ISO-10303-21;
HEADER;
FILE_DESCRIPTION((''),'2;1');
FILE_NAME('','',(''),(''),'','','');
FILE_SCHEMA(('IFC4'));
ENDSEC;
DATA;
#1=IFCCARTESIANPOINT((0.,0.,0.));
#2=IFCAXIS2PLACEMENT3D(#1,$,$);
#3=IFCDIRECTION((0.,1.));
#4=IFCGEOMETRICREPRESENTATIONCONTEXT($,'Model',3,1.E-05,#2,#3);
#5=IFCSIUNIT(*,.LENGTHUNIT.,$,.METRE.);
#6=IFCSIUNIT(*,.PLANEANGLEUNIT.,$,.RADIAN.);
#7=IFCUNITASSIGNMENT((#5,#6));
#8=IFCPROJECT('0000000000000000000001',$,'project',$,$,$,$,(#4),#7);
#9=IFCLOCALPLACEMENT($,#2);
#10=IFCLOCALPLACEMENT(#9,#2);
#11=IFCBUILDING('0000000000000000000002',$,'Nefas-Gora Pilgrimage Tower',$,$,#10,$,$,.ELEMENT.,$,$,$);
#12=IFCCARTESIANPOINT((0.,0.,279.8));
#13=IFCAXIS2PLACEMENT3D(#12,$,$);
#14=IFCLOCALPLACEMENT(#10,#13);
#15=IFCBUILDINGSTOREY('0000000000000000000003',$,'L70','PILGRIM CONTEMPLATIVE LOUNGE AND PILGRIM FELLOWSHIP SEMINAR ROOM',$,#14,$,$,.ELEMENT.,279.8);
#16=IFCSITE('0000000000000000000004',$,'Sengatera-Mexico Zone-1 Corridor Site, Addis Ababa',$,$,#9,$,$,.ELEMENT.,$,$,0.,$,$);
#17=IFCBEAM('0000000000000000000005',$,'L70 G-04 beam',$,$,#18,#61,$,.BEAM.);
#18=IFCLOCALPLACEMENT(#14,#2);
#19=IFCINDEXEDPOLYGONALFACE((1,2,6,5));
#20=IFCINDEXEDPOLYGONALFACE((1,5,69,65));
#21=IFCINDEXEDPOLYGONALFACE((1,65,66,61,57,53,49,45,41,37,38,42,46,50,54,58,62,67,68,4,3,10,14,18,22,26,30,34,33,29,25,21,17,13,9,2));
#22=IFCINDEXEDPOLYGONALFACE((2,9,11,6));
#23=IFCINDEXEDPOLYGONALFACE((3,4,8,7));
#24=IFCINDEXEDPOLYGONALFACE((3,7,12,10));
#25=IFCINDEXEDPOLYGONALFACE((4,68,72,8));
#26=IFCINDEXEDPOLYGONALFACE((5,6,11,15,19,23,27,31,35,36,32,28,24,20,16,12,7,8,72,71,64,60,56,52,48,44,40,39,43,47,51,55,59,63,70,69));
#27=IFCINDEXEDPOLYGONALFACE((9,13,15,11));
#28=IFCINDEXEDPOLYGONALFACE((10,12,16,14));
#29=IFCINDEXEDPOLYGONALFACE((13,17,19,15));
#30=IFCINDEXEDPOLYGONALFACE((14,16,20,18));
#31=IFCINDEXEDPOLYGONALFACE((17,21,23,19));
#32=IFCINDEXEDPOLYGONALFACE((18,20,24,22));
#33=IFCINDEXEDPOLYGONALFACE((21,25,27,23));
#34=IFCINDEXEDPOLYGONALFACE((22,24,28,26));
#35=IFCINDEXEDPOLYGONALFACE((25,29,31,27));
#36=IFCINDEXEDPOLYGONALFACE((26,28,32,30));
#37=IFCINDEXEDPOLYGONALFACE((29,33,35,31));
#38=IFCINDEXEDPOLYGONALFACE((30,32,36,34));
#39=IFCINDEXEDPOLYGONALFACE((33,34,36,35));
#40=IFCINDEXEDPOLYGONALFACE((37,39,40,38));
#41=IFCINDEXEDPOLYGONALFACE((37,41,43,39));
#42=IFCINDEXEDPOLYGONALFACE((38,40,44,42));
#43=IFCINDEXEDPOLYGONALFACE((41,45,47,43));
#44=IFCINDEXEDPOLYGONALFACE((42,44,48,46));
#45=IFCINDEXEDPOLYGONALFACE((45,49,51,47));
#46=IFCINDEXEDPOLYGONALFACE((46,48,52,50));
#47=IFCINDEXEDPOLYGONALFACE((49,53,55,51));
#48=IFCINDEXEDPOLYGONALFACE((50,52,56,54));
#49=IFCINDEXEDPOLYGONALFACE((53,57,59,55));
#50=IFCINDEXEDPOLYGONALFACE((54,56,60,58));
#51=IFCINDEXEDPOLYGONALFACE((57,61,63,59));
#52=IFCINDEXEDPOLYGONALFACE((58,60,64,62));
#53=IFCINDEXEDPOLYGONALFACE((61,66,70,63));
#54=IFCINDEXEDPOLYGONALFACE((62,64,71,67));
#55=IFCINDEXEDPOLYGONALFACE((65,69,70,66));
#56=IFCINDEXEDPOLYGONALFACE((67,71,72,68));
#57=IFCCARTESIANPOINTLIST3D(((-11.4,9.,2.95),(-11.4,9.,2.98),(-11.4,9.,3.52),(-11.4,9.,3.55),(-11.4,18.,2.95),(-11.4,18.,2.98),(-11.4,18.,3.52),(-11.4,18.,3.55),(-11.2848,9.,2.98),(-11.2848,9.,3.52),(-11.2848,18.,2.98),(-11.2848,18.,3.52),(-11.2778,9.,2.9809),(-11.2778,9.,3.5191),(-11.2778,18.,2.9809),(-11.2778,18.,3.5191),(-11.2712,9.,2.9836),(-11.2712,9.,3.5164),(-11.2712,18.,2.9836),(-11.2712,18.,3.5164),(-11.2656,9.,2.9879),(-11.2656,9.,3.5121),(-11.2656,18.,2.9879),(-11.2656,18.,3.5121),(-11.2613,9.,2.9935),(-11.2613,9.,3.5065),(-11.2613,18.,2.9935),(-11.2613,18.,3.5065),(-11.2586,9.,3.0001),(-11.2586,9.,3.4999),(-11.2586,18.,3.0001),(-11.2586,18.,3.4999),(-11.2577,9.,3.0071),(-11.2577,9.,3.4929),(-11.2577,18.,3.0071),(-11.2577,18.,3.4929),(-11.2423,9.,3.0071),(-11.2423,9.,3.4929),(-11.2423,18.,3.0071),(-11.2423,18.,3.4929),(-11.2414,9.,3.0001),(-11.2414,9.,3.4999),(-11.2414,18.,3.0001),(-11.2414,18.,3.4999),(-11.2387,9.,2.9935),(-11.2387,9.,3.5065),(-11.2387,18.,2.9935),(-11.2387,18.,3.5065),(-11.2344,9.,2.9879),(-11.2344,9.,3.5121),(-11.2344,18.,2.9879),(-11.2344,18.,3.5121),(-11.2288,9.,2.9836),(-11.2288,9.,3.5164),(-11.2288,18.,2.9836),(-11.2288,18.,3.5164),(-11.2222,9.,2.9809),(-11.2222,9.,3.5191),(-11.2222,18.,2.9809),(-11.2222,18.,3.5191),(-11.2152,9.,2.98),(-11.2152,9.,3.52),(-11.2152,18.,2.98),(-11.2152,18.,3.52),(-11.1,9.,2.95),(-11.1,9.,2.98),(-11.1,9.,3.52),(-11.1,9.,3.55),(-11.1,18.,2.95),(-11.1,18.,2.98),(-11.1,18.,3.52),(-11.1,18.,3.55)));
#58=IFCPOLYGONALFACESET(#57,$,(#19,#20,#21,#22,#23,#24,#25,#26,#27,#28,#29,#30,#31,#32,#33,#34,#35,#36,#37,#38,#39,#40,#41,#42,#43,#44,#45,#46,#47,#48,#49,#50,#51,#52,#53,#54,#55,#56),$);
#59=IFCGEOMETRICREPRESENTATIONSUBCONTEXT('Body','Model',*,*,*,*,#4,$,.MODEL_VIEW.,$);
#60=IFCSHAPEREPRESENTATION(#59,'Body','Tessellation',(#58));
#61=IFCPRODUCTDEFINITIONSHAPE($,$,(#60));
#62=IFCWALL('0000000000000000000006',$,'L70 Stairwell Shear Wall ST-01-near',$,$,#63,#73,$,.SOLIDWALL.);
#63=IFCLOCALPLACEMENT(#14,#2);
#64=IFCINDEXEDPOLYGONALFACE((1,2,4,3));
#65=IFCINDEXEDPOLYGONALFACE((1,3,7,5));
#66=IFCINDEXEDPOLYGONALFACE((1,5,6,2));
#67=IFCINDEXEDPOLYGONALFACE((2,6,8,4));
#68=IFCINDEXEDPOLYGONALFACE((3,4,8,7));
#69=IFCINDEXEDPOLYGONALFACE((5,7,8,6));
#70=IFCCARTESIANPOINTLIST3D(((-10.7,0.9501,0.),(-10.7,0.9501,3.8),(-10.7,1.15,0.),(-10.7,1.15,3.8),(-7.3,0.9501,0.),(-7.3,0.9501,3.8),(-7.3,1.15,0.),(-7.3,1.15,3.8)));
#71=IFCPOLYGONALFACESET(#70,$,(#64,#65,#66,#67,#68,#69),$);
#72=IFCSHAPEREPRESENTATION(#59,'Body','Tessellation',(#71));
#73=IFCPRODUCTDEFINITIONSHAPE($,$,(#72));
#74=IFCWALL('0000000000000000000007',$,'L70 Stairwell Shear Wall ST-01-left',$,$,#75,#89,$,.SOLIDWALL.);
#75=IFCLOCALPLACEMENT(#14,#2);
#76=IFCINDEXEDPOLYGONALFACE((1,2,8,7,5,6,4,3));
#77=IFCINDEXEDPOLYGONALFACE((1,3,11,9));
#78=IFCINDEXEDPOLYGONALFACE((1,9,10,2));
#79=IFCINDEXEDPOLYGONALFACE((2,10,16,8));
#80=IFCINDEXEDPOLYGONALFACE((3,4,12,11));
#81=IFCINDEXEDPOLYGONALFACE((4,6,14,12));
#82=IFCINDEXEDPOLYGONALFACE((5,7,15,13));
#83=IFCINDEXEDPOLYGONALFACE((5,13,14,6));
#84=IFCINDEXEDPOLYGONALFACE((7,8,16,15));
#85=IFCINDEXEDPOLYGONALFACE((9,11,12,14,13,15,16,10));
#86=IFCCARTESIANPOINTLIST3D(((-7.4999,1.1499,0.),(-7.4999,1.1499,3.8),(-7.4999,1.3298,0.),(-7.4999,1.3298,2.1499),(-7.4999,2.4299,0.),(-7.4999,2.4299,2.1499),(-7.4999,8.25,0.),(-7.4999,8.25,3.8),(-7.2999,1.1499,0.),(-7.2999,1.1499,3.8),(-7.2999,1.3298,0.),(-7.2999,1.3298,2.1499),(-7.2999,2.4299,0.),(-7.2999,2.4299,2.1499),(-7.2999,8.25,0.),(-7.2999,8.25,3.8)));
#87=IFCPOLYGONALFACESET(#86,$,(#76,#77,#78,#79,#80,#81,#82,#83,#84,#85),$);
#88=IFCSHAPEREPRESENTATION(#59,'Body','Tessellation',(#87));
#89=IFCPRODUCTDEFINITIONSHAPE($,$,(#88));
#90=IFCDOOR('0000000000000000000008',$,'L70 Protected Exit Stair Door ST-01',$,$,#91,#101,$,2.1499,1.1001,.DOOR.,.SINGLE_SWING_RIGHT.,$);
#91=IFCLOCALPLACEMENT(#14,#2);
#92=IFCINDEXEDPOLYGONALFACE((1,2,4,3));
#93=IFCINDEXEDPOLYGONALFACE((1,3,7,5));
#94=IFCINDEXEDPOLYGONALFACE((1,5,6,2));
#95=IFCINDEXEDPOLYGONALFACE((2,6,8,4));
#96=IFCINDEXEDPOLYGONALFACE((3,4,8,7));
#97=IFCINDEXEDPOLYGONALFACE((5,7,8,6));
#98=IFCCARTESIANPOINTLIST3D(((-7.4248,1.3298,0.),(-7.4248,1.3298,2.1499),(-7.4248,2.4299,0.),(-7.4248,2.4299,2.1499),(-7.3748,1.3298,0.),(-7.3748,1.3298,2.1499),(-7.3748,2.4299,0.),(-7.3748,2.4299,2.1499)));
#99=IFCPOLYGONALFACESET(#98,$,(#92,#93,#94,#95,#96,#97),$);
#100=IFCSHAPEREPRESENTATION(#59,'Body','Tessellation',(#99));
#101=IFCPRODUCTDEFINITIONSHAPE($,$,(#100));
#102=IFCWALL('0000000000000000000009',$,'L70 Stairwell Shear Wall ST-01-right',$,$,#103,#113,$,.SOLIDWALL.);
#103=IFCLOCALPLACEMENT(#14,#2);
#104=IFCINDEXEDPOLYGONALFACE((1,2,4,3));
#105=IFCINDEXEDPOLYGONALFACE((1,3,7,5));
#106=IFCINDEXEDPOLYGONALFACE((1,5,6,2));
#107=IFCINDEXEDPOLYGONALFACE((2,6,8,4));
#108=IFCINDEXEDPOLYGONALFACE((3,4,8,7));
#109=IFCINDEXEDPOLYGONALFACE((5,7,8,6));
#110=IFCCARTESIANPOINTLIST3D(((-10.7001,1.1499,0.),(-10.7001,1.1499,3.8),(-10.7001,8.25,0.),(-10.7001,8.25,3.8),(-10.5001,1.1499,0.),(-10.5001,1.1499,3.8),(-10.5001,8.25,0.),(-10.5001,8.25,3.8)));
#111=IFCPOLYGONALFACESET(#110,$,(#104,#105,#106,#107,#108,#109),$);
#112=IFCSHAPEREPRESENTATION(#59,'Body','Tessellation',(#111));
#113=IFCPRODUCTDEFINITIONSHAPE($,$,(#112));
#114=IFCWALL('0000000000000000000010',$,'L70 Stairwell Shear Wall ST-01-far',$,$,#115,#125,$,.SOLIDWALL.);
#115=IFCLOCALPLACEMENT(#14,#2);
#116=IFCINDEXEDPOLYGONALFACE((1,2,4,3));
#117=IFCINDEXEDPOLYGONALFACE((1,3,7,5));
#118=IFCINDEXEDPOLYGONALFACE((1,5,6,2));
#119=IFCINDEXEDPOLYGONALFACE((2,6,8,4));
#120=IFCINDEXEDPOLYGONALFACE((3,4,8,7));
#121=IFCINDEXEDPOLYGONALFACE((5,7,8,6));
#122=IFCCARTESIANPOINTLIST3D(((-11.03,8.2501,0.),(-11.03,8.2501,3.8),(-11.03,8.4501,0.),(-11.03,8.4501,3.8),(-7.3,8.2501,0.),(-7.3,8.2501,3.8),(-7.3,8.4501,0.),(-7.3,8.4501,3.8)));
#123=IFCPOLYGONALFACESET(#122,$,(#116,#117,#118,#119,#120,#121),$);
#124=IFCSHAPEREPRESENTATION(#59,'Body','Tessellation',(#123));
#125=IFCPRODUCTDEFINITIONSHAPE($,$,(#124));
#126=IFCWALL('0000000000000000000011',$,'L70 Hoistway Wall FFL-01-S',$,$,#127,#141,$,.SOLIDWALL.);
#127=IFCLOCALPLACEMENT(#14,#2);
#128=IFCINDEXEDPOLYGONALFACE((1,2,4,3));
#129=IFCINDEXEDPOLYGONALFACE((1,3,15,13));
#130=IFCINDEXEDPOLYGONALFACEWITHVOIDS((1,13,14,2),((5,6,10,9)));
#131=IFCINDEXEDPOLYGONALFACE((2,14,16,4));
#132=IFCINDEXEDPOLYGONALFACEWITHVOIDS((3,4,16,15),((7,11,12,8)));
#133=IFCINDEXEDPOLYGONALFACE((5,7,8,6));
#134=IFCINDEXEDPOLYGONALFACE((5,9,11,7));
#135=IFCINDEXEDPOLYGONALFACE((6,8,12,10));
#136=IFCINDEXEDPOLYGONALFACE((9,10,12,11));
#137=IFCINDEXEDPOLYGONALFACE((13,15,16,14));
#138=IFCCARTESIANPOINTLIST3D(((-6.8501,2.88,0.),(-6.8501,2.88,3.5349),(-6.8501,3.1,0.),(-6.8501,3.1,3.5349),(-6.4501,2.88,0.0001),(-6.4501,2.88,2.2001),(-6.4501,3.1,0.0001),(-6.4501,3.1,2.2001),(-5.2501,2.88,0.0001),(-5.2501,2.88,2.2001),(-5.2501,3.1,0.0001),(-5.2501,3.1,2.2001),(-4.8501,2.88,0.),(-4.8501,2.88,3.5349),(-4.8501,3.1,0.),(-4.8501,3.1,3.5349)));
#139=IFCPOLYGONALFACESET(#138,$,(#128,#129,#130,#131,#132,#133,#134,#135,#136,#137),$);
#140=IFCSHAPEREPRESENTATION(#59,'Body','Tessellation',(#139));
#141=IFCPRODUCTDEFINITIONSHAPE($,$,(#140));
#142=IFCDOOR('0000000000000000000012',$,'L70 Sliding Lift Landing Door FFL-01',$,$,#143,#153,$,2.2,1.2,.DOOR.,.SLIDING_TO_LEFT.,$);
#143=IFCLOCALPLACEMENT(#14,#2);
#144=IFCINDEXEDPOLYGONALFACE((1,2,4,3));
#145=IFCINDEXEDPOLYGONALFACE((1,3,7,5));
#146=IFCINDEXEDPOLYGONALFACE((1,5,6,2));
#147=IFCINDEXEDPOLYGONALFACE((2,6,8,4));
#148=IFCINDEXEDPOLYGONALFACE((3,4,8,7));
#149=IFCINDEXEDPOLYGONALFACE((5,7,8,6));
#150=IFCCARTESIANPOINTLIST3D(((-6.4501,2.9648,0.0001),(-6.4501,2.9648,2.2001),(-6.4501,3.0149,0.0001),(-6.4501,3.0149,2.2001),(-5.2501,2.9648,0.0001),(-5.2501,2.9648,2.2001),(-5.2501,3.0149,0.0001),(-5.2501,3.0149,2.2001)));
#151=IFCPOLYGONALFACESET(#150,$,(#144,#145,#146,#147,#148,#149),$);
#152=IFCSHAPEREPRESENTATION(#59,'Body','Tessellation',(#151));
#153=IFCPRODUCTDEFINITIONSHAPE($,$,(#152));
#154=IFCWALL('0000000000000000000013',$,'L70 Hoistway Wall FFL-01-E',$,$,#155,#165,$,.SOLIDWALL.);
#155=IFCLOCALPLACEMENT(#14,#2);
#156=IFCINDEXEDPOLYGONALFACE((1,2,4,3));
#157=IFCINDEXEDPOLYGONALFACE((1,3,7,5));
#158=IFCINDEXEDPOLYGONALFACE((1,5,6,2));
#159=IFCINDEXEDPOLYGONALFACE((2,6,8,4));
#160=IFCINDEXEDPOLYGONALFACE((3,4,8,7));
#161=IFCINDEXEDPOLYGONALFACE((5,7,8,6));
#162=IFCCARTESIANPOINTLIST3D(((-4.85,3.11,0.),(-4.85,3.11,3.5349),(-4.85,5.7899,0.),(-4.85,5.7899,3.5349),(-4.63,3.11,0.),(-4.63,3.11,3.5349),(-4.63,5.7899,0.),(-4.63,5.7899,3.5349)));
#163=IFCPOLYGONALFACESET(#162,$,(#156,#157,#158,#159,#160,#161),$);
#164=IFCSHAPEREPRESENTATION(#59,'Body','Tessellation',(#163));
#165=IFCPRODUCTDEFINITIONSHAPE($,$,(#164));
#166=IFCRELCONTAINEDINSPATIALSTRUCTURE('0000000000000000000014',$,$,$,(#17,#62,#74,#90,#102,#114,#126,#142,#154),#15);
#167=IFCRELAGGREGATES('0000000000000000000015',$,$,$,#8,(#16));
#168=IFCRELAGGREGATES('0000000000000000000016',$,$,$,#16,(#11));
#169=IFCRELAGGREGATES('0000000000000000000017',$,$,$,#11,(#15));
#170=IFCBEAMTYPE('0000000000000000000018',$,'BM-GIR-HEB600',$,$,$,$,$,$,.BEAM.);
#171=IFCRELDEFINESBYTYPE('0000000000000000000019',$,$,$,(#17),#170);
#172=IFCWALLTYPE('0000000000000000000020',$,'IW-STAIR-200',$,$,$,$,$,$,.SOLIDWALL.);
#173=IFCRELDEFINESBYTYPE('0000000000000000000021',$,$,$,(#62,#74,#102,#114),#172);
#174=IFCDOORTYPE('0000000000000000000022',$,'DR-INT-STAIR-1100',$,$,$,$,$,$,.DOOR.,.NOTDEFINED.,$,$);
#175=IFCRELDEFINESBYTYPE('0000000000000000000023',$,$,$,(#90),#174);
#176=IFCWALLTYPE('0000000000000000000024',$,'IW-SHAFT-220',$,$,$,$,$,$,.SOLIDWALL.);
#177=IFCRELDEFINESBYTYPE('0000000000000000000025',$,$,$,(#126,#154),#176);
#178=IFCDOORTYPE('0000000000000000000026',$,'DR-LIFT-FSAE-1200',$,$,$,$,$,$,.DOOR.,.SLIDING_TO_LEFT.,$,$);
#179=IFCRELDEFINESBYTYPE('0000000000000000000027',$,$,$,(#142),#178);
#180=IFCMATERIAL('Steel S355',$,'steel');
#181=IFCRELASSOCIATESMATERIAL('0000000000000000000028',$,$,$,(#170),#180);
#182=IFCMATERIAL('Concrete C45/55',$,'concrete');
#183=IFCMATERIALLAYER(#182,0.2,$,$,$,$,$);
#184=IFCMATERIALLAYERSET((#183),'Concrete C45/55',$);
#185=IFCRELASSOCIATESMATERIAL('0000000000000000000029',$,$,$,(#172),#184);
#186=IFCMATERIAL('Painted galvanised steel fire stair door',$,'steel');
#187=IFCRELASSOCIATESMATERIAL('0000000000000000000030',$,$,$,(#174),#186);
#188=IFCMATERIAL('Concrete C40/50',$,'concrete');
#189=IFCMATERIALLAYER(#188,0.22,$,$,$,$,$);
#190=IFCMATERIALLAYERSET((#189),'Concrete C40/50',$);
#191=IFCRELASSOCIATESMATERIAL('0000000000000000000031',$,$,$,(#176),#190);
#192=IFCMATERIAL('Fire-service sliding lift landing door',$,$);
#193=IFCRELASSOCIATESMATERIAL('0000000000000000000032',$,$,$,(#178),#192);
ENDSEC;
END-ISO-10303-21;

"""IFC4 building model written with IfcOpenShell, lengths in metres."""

from ifc_helpers import new_model, si_unit, direction, frame, frame_2d, origin, origin_2d, place, context, subcontext, project, spatial, rectangle, i_section, extrude, source, transform, mapped, material, layer, layer_set, material_profile, profile_set, type_object, element, fill, save


model = new_model("IFC4")

# Units and contexts
model_context = context("Model", 3, precision=1e-05, world=origin(), true_north=direction((0.0, 1.0)))
body_context = subcontext(model_context, "Body", "Model", "MODEL_VIEW")
ifc_project = project(units=[si_unit("LENGTHUNIT", "METRE"), si_unit("PLANEANGLEUNIT", "RADIAN")], contexts=[model_context])

# Site, building, storey
site_placement = place(None, origin())
site = spatial("IfcSite", under=ifc_project, at=site_placement, Name="Sengatera-Mexico Zone-1 Corridor Site, Addis Ababa", CompositionType="ELEMENT", RefElevation=0.0)
building_placement = place(site_placement, origin())
building = spatial("IfcBuilding", under=site, at=building_placement, Name="Nefas-Gora Pilgrimage Tower", CompositionType="ELEMENT")
storey_placement = place(building_placement, frame((0.0, 0.0, 279.8)))
storey = spatial("IfcBuildingStorey", under=building, at=storey_placement, Name="L70", Description="PILGRIM CONTEMPLATIVE LOUNGE AND PILGRIM FELLOWSHIP SEMINAR ROOM", CompositionType="ELEMENT", Elevation=279.8)

# Beam
ifc_material_1 = material(Name="Steel S355", Category="steel")
ifc_material_profile = material_profile(ifc_material_1, i_section(OverallWidth=0.3, OverallDepth=0.6001, WebThickness=0.0154, FlangeThickness=0.03, FilletRadius=0.0271, at=origin_2d()), Name="HEB 600")
ifc_profile_set = profile_set([ifc_material_profile], Name="Steel S355")
beam_type = type_object("IfcBeamType", Name="BM-GIR-HEB600", PredefinedType="BEAM", material=ifc_profile_set)
shared_shape_1 = source(origin(), body_context, "Body", "SweptSolid", [
    extrude(i_section(OverallWidth=0.3, OverallDepth=0.6001, WebThickness=0.0154, FlangeThickness=0.03, FilletRadius=0.0271, at=origin_2d()), origin(), (0.0, 0.0, 1.0), 9.0),
])
beam_placement = place(storey_placement, frame((-11.25, 9.0, 3.25), z_axis=(0.0, 1.0, 0.0), x_axis=(-1.0, 0.0, 0.0)))
element("IfcBeam", 1, at=beam_placement, inside=storey, type_object=beam_type, Name="L70 G-04 beam", PredefinedType="BEAM", context=body_context, shape_type="MappedRepresentation", body=[
    mapped(shared_shape_1, transform((0.0, 0.0, 0.0), x_axis=(1.0, 0.0, 0.0), y_axis=(0.0, 1.0, 0.0), z_axis=(0.0, 0.0, 1.0), scale=1.0)),
])

# Wall
ifc_material_2 = material(Name="Concrete C45/55", Category="concrete")
ifc_layer_1 = layer(ifc_material_2, 0.2)
ifc_layer_set_1 = layer_set([ifc_layer_1], Name="Concrete C45/55")
wall_type_1 = type_object("IfcWallType", Name="IW-STAIR-200", PredefinedType="SOLIDWALL", material=ifc_layer_set_1)
shared_shape_2 = source(origin(), body_context, "Body", "SweptSolid", [
    extrude(rectangle(XDim=3.3999, YDim=0.2, at=frame_2d((1.7, 0.0))), origin(), (0.0, 0.0, 1.0), 3.8),
])
wall_1_placement = place(storey_placement, frame((-7.3, 1.05, 0.0), z_axis=(0.0, 0.0, 1.0), x_axis=(-1.0, 0.0, 0.0)))
element("IfcWall", 2, at=wall_1_placement, inside=storey, type_object=wall_type_1, Name="L70 Stairwell Shear Wall ST-01-near", PredefinedType="SOLIDWALL", context=body_context, shape_type="MappedRepresentation", body=[
    mapped(shared_shape_2, transform((0.0, 0.0, 0.0), x_axis=(1.0, 0.0, 0.0), y_axis=(0.0, 1.0, 0.0), z_axis=(0.0, 0.0, 1.0), scale=1.0)),
])

# Wall, opening, door
shared_shape_3 = source(origin(), body_context, "Body", "SweptSolid", [
    extrude(rectangle(XDim=7.1001, YDim=0.2, at=frame_2d((3.55, 0.0))), origin(), (0.0, 0.0, 1.0), 3.8),
])
wall_2_placement = place(storey_placement, frame((-7.3999, 1.1499, 0.0), z_axis=(0.0, 0.0, 1.0), x_axis=(0.0, 1.0, 0.0)))
wall_2 = element("IfcWall", 3, at=wall_2_placement, inside=storey, type_object=wall_type_1, Name="L70 Stairwell Shear Wall ST-01-left", PredefinedType="SOLIDWALL", context=body_context, shape_type="MappedRepresentation", body=[
    mapped(shared_shape_3, transform((0.0, 0.0, 0.0), x_axis=(1.0, 0.0, 0.0), y_axis=(0.0, 1.0, 0.0), z_axis=(0.0, 0.0, 1.0), scale=1.0)),
])
opening_1_placement = place(wall_2_placement, frame((0.1799, 0.0, 0.0)))
opening_1 = element("IfcOpeningElement", 4, at=opening_1_placement, cuts=wall_2, PredefinedType="OPENING", context=body_context, shape_type="SweptSolid", body=[
    extrude(rectangle(XDim=1.1001, YDim=2.1499, at=frame_2d((0.55, 1.075))), frame((0.0, 0.1099, 0.0), z_axis=(0.0, -1.0, 0.0), x_axis=(1.0, 0.0, 0.0)), (0.0, 0.0, 1.0), 0.22),
])
ifc_material_3 = material(Name="Painted galvanised steel fire stair door", Category="steel")
door_type_1 = type_object("IfcDoorType", Name="DR-INT-STAIR-1100", OperationType="NOTDEFINED", PredefinedType="DOOR", material=ifc_material_3)
shared_shape_4 = source(origin(), body_context, "Body", "SweptSolid", [
    extrude(rectangle(XDim=1.1001, YDim=2.1499, at=frame_2d((0.55, 1.075))), frame((0.0, 0.0249, 0.0), z_axis=(0.0, -1.0, 0.0), x_axis=(1.0, 0.0, 0.0)), (0.0, 0.0, 1.0), 0.05),
])
door_1_placement = place(opening_1_placement, origin())
door_1 = element("IfcDoor", 5, at=door_1_placement, inside=storey, type_object=door_type_1, Name="L70 Protected Exit Stair Door ST-01", OperationType="SINGLE_SWING_RIGHT", OverallHeight=2.1499, OverallWidth=1.1001, PredefinedType="DOOR", context=body_context, shape_type="MappedRepresentation", body=[
    mapped(shared_shape_4, transform((0.0, 0.0, 0.0), x_axis=(1.0, 0.0, 0.0), y_axis=(0.0, 1.0, 0.0), z_axis=(0.0, 0.0, 1.0), scale=1.0)),
])
fill(opening_1, door_1)

# Walls
wall_3_placement = place(storey_placement, frame((-10.6001, 1.1499, 0.0), z_axis=(0.0, 0.0, 1.0), x_axis=(0.0, 1.0, 0.0)))
element("IfcWall", 6, at=wall_3_placement, inside=storey, type_object=wall_type_1, Name="L70 Stairwell Shear Wall ST-01-right", PredefinedType="SOLIDWALL", context=body_context, shape_type="MappedRepresentation", body=[
    mapped(shared_shape_3, transform((0.0, 0.0, 0.0), x_axis=(1.0, 0.0, 0.0), y_axis=(0.0, 1.0, 0.0), z_axis=(0.0, 0.0, 1.0), scale=1.0)),
])
shared_shape_5 = source(origin(), body_context, "Body", "SweptSolid", [
    extrude(rectangle(XDim=3.73, YDim=0.2, at=frame_2d((1.865, 0.0))), origin(), (0.0, 0.0, 1.0), 3.8),
])
wall_4_placement = place(storey_placement, frame((-7.3, 8.3501, 0.0), z_axis=(0.0, 0.0, 1.0), x_axis=(-1.0, 0.0, 0.0)))
element("IfcWall", 7, at=wall_4_placement, inside=storey, type_object=wall_type_1, Name="L70 Stairwell Shear Wall ST-01-far", PredefinedType="SOLIDWALL", context=body_context, shape_type="MappedRepresentation", body=[
    mapped(shared_shape_5, transform((0.0, 0.0, 0.0), x_axis=(1.0, 0.0, 0.0), y_axis=(0.0, 1.0, 0.0), z_axis=(0.0, 0.0, 1.0), scale=1.0)),
])

# Wall, opening, door
ifc_material_4 = material(Name="Concrete C40/50", Category="concrete")
ifc_layer_2 = layer(ifc_material_4, 0.22)
ifc_layer_set_2 = layer_set([ifc_layer_2], Name="Concrete C40/50")
wall_type_2 = type_object("IfcWallType", Name="IW-SHAFT-220", PredefinedType="SOLIDWALL", material=ifc_layer_set_2)
shared_shape_6 = source(origin(), body_context, "Body", "SweptSolid", [
    extrude(rectangle(XDim=2.0, YDim=0.22, at=frame_2d((1.0, 0.0))), origin(), (0.0, 0.0, 1.0), 3.5349),
])
wall_5_placement = place(storey_placement, frame((-6.8501, 2.99, 0.0), z_axis=(0.0, 0.0, 1.0), x_axis=(1.0, 0.0, 0.0)))
wall_5 = element("IfcWall", 8, at=wall_5_placement, inside=storey, type_object=wall_type_2, Name="L70 Hoistway Wall FFL-01-S", PredefinedType="SOLIDWALL", context=body_context, shape_type="MappedRepresentation", body=[
    mapped(shared_shape_6, transform((0.0, 0.0, 0.0), x_axis=(1.0, 0.0, 0.0), y_axis=(0.0, 1.0, 0.0), z_axis=(0.0, 0.0, 1.0), scale=1.0)),
])
opening_2_placement = place(wall_5_placement, frame((0.3999, 0.0, 0.0)))
opening_2 = element("IfcOpeningElement", 9, at=opening_2_placement, cuts=wall_5, PredefinedType="OPENING", context=body_context, shape_type="SweptSolid", body=[
    extrude(rectangle(XDim=1.2, YDim=2.2, at=frame_2d((0.6001, 1.1001))), frame((0.0, 0.1199, 0.0), z_axis=(0.0, -1.0, 0.0), x_axis=(1.0, 0.0, 0.0)), (0.0, 0.0, 1.0), 0.24),
])
ifc_material_5 = material(Name="Fire-service sliding lift landing door")
door_type_2 = type_object("IfcDoorType", Name="DR-LIFT-FSAE-1200", OperationType="SLIDING_TO_LEFT", PredefinedType="DOOR", material=ifc_material_5)
shared_shape_7 = source(origin(), body_context, "Body", "SweptSolid", [
    extrude(rectangle(XDim=1.2, YDim=2.2, at=frame_2d((0.6001, 1.1001))), frame((0.0, 0.0249, 0.0), z_axis=(0.0, -1.0, 0.0), x_axis=(1.0, 0.0, 0.0)), (0.0, 0.0, 1.0), 0.05),
])
door_2_placement = place(opening_2_placement, origin())
door_2 = element("IfcDoor", 10, at=door_2_placement, inside=storey, type_object=door_type_2, Name="L70 Sliding Lift Landing Door FFL-01", OperationType="SLIDING_TO_LEFT", OverallHeight=2.2, OverallWidth=1.2, PredefinedType="DOOR", context=body_context, shape_type="MappedRepresentation", body=[
    mapped(shared_shape_7, transform((0.0, 0.0, 0.0), x_axis=(1.0, 0.0, 0.0), y_axis=(0.0, 1.0, 0.0), z_axis=(0.0, 0.0, 1.0), scale=1.0)),
])
fill(opening_2, door_2)

# Wall
shared_shape_8 = source(origin(), body_context, "Body", "SweptSolid", [
    extrude(rectangle(XDim=2.6799, YDim=0.22, at=frame_2d((1.3398, 0.0))), origin(), (0.0, 0.0, 1.0), 3.5349),
])
wall_6_placement = place(storey_placement, frame((-4.74, 3.1101, 0.0), z_axis=(0.0, 0.0, 1.0), x_axis=(0.0, 1.0, 0.0)))
element("IfcWall", 11, at=wall_6_placement, inside=storey, type_object=wall_type_2, Name="L70 Hoistway Wall FFL-01-E", PredefinedType="SOLIDWALL", context=body_context, shape_type="MappedRepresentation", body=[
    mapped(shared_shape_8, transform((0.0, 0.0, 0.0), x_axis=(1.0, 0.0, 0.0), y_axis=(0.0, 1.0, 0.0), z_axis=(0.0, 0.0, 1.0), scale=1.0)),
])

save(model, "model.ifc")
